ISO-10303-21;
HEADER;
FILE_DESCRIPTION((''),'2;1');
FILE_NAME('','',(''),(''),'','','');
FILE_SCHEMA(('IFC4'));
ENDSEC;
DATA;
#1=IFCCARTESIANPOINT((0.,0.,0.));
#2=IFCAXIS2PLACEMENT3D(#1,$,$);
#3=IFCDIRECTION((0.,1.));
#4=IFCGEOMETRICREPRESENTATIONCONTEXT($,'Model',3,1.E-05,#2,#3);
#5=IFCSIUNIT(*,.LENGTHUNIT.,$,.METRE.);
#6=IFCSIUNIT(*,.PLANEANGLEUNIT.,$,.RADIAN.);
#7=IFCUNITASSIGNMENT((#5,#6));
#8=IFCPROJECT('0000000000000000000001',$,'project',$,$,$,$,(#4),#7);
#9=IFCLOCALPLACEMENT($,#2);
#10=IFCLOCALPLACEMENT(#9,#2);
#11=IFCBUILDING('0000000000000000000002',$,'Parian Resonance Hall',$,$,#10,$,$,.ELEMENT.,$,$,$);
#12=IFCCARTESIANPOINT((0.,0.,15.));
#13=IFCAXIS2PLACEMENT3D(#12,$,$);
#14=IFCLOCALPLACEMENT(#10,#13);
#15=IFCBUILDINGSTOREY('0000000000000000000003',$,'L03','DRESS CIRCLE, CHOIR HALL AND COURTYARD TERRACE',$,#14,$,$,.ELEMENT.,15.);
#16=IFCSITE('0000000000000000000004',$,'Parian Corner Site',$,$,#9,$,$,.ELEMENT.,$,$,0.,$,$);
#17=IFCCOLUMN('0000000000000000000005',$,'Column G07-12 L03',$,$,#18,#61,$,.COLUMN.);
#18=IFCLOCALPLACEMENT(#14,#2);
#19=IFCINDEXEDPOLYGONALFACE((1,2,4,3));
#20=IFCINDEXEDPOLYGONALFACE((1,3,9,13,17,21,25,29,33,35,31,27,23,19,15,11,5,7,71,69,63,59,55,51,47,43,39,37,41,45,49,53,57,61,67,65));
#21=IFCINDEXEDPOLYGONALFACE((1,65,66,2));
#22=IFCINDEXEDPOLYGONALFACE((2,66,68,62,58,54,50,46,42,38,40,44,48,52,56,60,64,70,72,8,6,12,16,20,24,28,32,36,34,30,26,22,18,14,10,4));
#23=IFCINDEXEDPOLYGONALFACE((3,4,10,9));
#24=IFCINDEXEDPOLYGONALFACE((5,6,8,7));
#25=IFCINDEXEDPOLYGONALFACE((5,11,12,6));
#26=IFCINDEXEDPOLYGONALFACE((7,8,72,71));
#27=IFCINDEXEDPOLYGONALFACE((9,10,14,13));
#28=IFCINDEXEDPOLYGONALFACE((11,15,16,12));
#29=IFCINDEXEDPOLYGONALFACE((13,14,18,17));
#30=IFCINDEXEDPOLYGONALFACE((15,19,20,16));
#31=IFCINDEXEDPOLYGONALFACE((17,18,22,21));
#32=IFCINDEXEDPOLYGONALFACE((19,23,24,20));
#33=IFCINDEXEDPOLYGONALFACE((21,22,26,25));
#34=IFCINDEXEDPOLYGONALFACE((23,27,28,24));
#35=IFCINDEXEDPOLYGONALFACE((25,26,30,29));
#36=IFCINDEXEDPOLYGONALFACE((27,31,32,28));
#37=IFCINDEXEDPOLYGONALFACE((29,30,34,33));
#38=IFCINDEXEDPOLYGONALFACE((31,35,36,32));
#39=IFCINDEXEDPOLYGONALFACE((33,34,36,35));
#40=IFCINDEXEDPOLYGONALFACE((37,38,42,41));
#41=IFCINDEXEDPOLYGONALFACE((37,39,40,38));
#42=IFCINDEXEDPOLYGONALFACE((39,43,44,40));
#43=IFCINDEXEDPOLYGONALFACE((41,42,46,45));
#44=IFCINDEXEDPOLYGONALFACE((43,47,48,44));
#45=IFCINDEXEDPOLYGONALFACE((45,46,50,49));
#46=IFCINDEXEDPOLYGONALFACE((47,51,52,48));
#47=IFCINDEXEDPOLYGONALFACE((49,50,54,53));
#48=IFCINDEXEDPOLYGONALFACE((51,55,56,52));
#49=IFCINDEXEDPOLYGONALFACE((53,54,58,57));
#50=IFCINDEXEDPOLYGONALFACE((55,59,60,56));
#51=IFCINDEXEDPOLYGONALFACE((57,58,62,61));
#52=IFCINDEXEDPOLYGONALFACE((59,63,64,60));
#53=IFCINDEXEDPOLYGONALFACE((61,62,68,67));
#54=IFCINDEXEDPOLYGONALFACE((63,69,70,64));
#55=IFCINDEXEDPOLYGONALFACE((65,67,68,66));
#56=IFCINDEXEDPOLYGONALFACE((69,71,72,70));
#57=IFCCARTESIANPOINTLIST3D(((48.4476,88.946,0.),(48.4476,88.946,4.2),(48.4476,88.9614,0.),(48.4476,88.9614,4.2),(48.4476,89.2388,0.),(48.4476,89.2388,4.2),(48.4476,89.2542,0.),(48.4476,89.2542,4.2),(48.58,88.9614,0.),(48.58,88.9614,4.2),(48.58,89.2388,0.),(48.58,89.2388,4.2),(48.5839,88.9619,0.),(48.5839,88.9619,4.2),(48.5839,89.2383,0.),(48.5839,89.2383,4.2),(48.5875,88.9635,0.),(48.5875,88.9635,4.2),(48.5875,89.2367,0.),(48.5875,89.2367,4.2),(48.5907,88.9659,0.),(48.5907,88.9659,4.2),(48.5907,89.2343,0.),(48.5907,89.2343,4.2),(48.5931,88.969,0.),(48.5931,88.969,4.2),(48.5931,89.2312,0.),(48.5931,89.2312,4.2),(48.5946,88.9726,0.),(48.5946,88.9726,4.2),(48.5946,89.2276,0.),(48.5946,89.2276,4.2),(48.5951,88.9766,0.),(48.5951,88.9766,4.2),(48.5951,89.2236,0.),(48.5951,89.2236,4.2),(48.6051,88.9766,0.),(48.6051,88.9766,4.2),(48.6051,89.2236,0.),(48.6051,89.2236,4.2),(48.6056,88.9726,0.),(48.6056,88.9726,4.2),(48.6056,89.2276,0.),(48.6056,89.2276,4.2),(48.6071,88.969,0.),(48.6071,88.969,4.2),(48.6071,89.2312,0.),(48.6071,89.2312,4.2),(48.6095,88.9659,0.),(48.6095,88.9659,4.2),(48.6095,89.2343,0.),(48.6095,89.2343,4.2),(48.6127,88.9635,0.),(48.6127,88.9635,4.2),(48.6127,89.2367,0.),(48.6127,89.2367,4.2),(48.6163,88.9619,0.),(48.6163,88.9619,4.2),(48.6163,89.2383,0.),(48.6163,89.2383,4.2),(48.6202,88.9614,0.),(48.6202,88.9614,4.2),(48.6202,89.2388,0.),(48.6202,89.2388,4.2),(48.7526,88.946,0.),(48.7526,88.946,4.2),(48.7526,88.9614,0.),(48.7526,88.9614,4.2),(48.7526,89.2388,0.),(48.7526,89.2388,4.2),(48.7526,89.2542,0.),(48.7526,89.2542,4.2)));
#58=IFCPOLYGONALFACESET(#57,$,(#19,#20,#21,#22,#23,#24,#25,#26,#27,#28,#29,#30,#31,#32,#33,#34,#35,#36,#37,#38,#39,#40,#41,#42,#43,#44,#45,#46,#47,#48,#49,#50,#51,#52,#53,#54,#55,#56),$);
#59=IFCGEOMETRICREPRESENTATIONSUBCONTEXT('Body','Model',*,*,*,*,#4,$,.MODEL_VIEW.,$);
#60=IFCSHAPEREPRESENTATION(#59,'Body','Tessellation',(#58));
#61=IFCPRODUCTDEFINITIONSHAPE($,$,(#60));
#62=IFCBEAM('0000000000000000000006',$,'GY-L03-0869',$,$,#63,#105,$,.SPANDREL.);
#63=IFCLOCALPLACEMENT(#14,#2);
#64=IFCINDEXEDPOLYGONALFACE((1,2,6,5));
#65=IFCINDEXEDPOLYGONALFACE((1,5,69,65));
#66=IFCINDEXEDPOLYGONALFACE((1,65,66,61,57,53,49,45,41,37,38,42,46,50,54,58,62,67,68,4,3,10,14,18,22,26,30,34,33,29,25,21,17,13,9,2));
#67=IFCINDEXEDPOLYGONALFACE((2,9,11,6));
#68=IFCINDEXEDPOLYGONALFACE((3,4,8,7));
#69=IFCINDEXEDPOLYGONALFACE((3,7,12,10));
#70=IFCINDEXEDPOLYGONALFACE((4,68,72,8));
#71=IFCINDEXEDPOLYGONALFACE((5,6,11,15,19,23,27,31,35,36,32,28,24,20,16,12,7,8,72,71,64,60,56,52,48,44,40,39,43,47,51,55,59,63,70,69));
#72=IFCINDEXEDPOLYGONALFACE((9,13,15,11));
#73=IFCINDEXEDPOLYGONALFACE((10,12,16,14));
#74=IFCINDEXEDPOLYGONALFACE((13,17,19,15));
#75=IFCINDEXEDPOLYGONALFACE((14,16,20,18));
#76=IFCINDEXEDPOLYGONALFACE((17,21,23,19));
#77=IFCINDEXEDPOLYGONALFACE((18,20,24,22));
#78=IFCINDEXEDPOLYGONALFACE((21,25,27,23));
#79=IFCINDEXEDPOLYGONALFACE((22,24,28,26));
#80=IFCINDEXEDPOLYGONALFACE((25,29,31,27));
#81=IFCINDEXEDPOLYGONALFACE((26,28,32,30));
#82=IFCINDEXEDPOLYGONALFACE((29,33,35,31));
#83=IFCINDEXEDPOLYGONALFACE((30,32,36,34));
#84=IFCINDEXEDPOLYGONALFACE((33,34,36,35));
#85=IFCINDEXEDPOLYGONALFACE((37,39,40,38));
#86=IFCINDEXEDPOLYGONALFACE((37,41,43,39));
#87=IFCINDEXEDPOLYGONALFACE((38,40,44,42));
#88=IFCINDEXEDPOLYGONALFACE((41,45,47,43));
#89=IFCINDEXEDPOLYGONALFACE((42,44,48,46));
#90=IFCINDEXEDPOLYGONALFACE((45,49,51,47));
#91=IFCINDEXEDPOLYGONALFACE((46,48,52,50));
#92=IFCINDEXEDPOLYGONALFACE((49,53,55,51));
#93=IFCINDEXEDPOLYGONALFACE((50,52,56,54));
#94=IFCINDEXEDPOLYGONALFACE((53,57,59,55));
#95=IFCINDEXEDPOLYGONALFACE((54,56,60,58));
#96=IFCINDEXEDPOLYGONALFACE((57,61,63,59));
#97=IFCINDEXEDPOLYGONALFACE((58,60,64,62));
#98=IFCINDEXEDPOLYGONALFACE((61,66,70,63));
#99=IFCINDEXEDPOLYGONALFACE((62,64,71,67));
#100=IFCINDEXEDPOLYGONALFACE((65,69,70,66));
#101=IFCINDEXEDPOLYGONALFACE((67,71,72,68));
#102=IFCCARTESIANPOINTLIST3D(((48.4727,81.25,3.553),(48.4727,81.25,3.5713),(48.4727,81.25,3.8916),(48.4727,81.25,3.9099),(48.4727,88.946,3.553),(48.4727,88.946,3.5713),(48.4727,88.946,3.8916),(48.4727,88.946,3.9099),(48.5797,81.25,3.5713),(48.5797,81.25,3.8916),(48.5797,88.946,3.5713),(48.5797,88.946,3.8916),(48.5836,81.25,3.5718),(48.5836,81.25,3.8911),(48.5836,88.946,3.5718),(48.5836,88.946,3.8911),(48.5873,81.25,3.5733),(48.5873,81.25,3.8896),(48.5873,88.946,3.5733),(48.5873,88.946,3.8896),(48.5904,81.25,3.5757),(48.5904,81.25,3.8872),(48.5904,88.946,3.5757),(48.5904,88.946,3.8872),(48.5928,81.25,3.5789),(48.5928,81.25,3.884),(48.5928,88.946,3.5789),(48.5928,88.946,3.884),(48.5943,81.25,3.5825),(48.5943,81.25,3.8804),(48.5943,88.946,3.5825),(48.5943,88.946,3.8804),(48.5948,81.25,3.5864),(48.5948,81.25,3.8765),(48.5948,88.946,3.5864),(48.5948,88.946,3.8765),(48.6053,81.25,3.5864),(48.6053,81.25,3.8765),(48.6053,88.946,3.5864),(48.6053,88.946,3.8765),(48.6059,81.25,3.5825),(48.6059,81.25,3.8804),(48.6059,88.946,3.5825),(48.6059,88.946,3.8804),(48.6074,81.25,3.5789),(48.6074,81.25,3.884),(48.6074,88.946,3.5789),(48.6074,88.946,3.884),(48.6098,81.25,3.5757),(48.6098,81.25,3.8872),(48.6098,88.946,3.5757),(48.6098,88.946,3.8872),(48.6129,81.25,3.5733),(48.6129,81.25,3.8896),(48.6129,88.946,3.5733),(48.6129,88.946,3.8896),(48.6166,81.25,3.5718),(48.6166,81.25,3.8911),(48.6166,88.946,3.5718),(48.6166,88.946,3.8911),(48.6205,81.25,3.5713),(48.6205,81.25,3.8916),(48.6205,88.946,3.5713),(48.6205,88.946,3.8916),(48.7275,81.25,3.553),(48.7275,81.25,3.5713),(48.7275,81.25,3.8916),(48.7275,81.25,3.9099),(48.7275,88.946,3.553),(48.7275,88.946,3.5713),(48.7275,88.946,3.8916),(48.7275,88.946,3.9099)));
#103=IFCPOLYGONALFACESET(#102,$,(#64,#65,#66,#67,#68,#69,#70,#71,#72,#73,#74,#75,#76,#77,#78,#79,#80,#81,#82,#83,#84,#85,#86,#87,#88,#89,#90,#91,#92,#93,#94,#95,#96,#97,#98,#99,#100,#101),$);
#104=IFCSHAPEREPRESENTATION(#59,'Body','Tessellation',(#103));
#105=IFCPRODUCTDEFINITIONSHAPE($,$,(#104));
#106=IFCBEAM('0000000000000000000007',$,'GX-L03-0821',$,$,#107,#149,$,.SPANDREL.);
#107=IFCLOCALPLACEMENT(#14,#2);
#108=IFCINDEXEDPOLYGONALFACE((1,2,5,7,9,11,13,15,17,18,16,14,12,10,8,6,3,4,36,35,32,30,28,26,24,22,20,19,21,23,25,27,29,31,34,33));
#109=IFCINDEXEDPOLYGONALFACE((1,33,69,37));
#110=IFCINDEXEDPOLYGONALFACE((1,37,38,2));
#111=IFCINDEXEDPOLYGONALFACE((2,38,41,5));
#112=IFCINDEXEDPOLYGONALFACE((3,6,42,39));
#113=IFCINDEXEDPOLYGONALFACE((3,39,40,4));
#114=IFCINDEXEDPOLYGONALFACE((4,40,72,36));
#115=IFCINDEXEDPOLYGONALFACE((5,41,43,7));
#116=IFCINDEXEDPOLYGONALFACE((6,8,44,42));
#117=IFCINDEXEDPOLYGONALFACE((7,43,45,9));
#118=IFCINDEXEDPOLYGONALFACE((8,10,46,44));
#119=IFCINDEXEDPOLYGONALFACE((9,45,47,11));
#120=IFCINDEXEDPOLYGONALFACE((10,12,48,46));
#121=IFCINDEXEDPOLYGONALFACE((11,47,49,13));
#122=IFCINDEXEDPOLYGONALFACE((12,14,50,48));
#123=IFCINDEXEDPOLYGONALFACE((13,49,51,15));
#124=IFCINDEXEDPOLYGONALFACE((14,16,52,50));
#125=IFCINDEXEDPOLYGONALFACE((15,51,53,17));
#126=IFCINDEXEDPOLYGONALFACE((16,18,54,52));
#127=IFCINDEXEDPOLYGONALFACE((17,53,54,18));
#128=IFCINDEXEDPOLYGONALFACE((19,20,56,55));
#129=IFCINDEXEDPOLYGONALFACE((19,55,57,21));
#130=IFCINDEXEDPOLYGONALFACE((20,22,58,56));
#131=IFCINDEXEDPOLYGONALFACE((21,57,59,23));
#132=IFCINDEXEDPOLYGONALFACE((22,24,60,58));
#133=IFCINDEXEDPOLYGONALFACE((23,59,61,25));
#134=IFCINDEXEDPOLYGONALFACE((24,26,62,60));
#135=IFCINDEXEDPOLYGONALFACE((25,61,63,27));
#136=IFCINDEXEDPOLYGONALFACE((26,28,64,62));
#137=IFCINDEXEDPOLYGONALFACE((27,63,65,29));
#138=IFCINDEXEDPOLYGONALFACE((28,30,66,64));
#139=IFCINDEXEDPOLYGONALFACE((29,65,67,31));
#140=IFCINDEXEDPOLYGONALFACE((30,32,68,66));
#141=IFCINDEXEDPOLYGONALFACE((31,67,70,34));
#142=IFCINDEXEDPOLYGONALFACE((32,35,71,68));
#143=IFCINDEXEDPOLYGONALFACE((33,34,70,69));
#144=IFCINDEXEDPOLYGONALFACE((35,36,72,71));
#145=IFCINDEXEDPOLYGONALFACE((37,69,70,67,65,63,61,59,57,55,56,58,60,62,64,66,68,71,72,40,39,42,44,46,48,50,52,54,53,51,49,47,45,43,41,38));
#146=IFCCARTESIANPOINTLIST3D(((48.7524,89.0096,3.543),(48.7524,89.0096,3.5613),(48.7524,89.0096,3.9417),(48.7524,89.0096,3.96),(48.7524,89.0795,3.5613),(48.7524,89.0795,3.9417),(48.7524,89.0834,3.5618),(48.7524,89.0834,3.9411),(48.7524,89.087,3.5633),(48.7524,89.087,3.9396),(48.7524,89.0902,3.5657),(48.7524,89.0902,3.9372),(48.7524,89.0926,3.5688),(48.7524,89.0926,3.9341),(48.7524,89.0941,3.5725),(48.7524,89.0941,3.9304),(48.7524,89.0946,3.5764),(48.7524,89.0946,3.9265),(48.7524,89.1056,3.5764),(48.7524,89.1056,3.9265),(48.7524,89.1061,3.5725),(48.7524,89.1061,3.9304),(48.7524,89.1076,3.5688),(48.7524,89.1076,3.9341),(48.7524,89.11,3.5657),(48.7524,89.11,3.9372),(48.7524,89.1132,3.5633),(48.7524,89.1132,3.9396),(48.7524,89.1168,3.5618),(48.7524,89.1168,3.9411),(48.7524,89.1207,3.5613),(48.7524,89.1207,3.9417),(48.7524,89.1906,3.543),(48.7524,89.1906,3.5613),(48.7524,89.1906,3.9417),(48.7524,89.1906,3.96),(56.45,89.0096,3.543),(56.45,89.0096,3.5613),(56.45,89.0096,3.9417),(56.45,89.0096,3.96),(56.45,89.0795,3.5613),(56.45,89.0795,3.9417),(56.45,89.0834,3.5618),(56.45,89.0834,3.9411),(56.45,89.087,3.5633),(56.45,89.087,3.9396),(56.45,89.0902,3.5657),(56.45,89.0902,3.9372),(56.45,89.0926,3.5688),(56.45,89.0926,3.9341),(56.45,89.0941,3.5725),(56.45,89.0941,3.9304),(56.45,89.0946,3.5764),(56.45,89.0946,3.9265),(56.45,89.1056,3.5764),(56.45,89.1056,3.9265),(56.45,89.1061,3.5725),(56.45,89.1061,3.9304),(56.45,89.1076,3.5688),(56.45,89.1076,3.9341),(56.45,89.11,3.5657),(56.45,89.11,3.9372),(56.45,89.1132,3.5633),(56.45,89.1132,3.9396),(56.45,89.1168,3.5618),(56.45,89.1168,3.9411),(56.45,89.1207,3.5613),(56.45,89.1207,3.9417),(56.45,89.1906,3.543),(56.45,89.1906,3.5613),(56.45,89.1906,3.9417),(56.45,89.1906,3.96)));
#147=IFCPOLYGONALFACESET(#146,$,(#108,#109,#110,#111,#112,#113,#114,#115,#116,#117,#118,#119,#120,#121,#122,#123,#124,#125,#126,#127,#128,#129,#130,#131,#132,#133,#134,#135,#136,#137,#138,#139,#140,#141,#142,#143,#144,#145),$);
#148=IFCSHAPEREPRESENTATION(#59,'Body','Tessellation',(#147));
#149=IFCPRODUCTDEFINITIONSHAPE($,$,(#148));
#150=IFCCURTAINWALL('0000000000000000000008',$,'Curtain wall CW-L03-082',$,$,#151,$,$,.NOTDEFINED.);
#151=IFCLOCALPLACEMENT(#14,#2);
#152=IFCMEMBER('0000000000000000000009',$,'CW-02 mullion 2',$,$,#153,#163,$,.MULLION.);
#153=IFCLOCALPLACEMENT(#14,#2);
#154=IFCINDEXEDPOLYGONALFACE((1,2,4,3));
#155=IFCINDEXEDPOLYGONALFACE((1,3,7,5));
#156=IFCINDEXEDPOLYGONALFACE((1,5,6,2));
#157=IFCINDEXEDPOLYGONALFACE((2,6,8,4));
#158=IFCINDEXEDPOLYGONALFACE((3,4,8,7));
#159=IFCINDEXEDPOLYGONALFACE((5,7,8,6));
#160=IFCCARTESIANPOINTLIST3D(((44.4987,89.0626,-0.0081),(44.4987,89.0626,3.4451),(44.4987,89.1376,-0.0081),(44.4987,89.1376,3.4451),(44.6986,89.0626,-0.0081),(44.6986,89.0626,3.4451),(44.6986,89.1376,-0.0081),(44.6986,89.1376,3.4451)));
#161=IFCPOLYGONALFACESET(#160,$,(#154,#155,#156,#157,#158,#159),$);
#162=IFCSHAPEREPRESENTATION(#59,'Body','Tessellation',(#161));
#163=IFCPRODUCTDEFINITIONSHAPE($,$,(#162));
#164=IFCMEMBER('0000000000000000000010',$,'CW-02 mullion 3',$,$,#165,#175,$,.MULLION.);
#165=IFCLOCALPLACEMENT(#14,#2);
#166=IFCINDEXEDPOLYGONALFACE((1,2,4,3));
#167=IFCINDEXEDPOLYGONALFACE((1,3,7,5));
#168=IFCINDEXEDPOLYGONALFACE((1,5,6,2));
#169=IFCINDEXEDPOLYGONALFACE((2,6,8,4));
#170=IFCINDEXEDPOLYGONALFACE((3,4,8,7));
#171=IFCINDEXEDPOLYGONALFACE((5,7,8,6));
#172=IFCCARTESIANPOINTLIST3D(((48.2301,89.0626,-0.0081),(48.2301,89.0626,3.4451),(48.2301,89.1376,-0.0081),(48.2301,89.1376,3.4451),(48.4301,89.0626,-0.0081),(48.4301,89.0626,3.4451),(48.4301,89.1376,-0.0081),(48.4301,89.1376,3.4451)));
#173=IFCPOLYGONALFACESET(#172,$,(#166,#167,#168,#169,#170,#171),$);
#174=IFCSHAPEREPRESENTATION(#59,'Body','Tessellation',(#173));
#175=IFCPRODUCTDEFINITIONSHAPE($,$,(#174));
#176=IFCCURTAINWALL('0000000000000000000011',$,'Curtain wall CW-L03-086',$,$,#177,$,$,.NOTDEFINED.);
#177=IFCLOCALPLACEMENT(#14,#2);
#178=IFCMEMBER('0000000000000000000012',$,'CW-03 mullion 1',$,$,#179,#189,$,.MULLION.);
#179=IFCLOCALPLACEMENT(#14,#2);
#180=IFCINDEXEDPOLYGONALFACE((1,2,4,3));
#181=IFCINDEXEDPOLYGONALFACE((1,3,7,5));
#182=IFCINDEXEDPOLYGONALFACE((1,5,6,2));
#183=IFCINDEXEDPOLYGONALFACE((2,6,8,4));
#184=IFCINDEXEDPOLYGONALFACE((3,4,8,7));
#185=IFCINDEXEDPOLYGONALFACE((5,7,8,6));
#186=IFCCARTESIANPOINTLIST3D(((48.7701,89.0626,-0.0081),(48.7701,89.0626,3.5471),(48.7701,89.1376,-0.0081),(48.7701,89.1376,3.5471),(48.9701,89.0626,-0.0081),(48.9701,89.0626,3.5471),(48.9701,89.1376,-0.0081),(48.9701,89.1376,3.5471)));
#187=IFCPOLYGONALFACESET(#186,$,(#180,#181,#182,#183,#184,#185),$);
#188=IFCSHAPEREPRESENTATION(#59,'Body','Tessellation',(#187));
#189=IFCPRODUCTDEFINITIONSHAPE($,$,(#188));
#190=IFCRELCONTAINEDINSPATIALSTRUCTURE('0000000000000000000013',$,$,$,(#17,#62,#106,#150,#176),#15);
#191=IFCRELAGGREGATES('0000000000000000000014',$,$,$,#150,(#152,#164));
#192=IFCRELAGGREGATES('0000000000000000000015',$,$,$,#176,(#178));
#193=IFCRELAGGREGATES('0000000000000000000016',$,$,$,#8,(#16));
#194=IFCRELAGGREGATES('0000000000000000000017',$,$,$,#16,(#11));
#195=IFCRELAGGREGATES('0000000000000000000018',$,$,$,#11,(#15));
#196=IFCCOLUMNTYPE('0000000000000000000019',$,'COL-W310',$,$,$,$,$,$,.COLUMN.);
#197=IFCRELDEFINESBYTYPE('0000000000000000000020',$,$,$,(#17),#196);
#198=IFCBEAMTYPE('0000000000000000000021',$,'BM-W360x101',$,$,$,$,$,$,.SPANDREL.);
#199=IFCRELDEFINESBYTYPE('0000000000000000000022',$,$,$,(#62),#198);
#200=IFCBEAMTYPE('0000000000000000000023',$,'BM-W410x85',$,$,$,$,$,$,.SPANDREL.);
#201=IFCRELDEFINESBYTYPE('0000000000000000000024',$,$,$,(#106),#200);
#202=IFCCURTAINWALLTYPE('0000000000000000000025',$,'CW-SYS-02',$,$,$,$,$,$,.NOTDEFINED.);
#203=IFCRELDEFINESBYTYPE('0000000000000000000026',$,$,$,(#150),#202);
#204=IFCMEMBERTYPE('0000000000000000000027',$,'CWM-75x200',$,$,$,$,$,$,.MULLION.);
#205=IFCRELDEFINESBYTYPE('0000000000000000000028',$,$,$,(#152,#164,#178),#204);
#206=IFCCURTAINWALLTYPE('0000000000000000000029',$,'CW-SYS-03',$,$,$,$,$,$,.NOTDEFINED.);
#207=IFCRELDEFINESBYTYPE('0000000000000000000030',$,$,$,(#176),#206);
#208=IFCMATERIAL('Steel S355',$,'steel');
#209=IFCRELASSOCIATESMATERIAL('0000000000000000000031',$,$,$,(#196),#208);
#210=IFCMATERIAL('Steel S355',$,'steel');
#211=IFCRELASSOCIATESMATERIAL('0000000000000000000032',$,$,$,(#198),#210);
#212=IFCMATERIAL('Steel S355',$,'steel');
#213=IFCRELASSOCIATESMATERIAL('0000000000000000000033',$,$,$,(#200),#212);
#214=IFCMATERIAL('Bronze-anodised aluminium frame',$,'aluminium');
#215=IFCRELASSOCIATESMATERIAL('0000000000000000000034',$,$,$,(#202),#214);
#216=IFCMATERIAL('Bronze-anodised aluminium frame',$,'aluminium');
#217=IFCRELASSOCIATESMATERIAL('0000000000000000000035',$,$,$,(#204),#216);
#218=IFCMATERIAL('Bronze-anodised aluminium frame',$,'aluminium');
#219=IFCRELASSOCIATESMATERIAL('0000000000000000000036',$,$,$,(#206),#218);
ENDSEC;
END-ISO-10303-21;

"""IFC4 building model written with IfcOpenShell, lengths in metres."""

from ifc_helpers import new_model, si_unit, direction, frame, origin, origin_2d, place, context, subcontext, project, spatial, rectangle, i_section, extrude, material, material_profile, profile_set, type_object, element, aggregate, save


model = new_model("IFC4")

# Units and contexts
model_context = context("Model", 3, precision=1e-05, world=origin(), true_north=direction((0.0, 1.0)))
body_context = subcontext(model_context, "Body", "Model", "MODEL_VIEW")
ifc_project = project(units=[si_unit("LENGTHUNIT", "METRE"), si_unit("PLANEANGLEUNIT", "RADIAN")], contexts=[model_context])

# Site, building, storey
site_placement = place(None, origin())
site = spatial("IfcSite", under=ifc_project, at=site_placement, Name="Parian Corner Site", CompositionType="ELEMENT", RefElevation=0.0)
building_placement = place(site_placement, origin())
building = spatial("IfcBuilding", under=site, at=building_placement, Name="Parian Resonance Hall", CompositionType="ELEMENT")
storey_placement = place(building_placement, frame((0.0, 0.0, 15.0)))
storey = spatial("IfcBuildingStorey", under=building, at=storey_placement, Name="L03", Description="DRESS CIRCLE, CHOIR HALL AND COURTYARD TERRACE", CompositionType="ELEMENT", Elevation=15.0)

# Column
ifc_material_1 = material(Name="Steel S355", Category="steel")
ifc_material_profile_1 = material_profile(ifc_material_1, i_section(OverallWidth=0.3049, OverallDepth=0.3081, WebThickness=0.01, FlangeThickness=0.0154, FilletRadius=0.0151, at=origin_2d()), Name="W310x97")
ifc_profile_set_1 = profile_set([ifc_material_profile_1], Name="Steel S355")
column_type = type_object("IfcColumnType", Name="COL-W310", PredefinedType="COLUMN", material=ifc_profile_set_1)
column_placement = place(storey_placement, frame((48.6001, 89.1001, 0.0), z_axis=(0.0, 0.0, 1.0), x_axis=(1.0, 0.0, 0.0)))
element("IfcColumn", 1, at=column_placement, inside=storey, type_object=column_type, Name="Column G07-12 L03", PredefinedType="COLUMN", context=body_context, shape_type="SweptSolid", body=[
    extrude(i_section(OverallWidth=0.3049, OverallDepth=0.3081, WebThickness=0.01, FlangeThickness=0.0154, FilletRadius=0.0151, at=origin_2d()), origin(), (0.0, 0.0, 1.0), 4.2),
])

# Beams
ifc_material_2 = material(Name="Steel S355", Category="steel")
ifc_material_profile_2 = material_profile(ifc_material_2, i_section(OverallWidth=0.2549, OverallDepth=0.3569, WebThickness=0.0105, FlangeThickness=0.0183, FilletRadius=0.0151, at=origin_2d()), Name="W360x101")
ifc_profile_set_2 = profile_set([ifc_material_profile_2], Name="Steel S355")
beam_type_1 = type_object("IfcBeamType", Name="BM-W360x101", PredefinedType="SPANDREL", material=ifc_profile_set_2)
beam_1_placement = place(storey_placement, frame((48.6001, 81.25, 3.7314), z_axis=(0.0, 1.0, 0.0), x_axis=(-1.0, 0.0, 0.0)))
element("IfcBeam", 2, at=beam_1_placement, inside=storey, type_object=beam_type_1, Name="GY-L03-0869", PredefinedType="SPANDREL", context=body_context, shape_type="SweptSolid", body=[
    extrude(i_section(OverallWidth=0.2549, OverallDepth=0.3569, WebThickness=0.0105, FlangeThickness=0.0183, FilletRadius=0.0151, at=origin_2d()), origin(), (0.0, 0.0, 1.0), 7.696),
])
ifc_material_3 = material(Name="Steel S355", Category="steel")
ifc_material_profile_3 = material_profile(ifc_material_3, i_section(OverallWidth=0.1809, OverallDepth=0.417, WebThickness=0.011, FlangeThickness=0.0183, FilletRadius=0.0151, at=origin_2d()), Name="W410x85")
ifc_profile_set_3 = profile_set([ifc_material_profile_3], Name="Steel S355")
beam_type_2 = type_object("IfcBeamType", Name="BM-W410x85", PredefinedType="SPANDREL", material=ifc_profile_set_3)
beam_2_placement = place(storey_placement, frame((48.7524, 89.1001, 3.7515), z_axis=(1.0, 0.0, 0.0), x_axis=(0.0, 1.0, 0.0)))
element("IfcBeam", 3, at=beam_2_placement, inside=storey, type_object=beam_type_2, Name="GX-L03-0821", PredefinedType="SPANDREL", context=body_context, shape_type="SweptSolid", body=[
    extrude(i_section(OverallWidth=0.1809, OverallDepth=0.417, WebThickness=0.011, FlangeThickness=0.0183, FilletRadius=0.0151, at=origin_2d()), origin(), (0.0, 0.0, 1.0), 7.6975),
])

# Curtain walls, members
ifc_material_4 = material(Name="Bronze-anodised aluminium frame", Category="aluminium")
curtain_wall_type_1 = type_object("IfcCurtainWallType", Name="CW-SYS-02", PredefinedType="NOTDEFINED", material=ifc_material_4)
curtain_wall_1_placement = place(storey_placement, origin())
curtain_wall_1 = element("IfcCurtainWall", 4, at=curtain_wall_1_placement, inside=storey, type_object=curtain_wall_type_1, Name="Curtain wall CW-L03-082", PredefinedType="NOTDEFINED")
ifc_material_5 = material(Name="Bronze-anodised aluminium frame", Category="aluminium")
ifc_material_profile_4 = material_profile(ifc_material_5, rectangle(XDim=0.075, YDim=0.2, at=origin_2d()), Name="CWM-75x200")
ifc_profile_set_4 = profile_set([ifc_material_profile_4], Name="Bronze-anodised aluminium frame")
member_type_1 = type_object("IfcMemberType", Name="CWM-75x200", PredefinedType="MULLION", material=ifc_profile_set_4)
member_1_placement = place(storey_placement, frame((44.5986, 89.1001, -0.0081), z_axis=(0.0, 0.0, 1.0), x_axis=(0.0, 1.0, 0.0)))
member_1 = element("IfcMember", 5, at=member_1_placement, type_object=member_type_1, Name="CW-02 mullion 2", PredefinedType="MULLION", context=body_context, shape_type="SweptSolid", body=[
    extrude(rectangle(XDim=0.075, YDim=0.2, at=origin_2d()), origin(), (0.0, 0.0, 1.0), 3.4531),
])
member_2_placement = place(storey_placement, frame((48.3301, 89.1001, -0.0081), z_axis=(0.0, 0.0, 1.0), x_axis=(0.0, 1.0, 0.0)))
member_2 = element("IfcMember", 6, at=member_2_placement, type_object=member_type_1, Name="CW-02 mullion 3", PredefinedType="MULLION", context=body_context, shape_type="SweptSolid", body=[
    extrude(rectangle(XDim=0.075, YDim=0.2, at=origin_2d()), origin(), (0.0, 0.0, 1.0), 3.4531),
])
ifc_material_6 = material(Name="Bronze-anodised aluminium frame", Category="aluminium")
curtain_wall_type_2 = type_object("IfcCurtainWallType", Name="CW-SYS-03", PredefinedType="NOTDEFINED", material=ifc_material_6)
curtain_wall_2_placement = place(storey_placement, origin())
curtain_wall_2 = element("IfcCurtainWall", 7, at=curtain_wall_2_placement, inside=storey, type_object=curtain_wall_type_2, Name="Curtain wall CW-L03-086", PredefinedType="NOTDEFINED")
member_3_placement = place(storey_placement, frame((48.8701, 89.1001, -0.0081), z_axis=(0.0, 0.0, 1.0), x_axis=(0.0, 1.0, 0.0)))
member_3 = element("IfcMember", 8, at=member_3_placement, type_object=member_type_1, Name="CW-03 mullion 1", PredefinedType="MULLION", context=body_context, shape_type="SweptSolid", body=[
    extrude(rectangle(XDim=0.075, YDim=0.2, at=origin_2d()), origin(), (0.0, 0.0, 1.0), 3.5552),
])

aggregate(curtain_wall_1, [member_1, member_2])
aggregate(curtain_wall_2, [member_3])

save(model, "model.ifc")
